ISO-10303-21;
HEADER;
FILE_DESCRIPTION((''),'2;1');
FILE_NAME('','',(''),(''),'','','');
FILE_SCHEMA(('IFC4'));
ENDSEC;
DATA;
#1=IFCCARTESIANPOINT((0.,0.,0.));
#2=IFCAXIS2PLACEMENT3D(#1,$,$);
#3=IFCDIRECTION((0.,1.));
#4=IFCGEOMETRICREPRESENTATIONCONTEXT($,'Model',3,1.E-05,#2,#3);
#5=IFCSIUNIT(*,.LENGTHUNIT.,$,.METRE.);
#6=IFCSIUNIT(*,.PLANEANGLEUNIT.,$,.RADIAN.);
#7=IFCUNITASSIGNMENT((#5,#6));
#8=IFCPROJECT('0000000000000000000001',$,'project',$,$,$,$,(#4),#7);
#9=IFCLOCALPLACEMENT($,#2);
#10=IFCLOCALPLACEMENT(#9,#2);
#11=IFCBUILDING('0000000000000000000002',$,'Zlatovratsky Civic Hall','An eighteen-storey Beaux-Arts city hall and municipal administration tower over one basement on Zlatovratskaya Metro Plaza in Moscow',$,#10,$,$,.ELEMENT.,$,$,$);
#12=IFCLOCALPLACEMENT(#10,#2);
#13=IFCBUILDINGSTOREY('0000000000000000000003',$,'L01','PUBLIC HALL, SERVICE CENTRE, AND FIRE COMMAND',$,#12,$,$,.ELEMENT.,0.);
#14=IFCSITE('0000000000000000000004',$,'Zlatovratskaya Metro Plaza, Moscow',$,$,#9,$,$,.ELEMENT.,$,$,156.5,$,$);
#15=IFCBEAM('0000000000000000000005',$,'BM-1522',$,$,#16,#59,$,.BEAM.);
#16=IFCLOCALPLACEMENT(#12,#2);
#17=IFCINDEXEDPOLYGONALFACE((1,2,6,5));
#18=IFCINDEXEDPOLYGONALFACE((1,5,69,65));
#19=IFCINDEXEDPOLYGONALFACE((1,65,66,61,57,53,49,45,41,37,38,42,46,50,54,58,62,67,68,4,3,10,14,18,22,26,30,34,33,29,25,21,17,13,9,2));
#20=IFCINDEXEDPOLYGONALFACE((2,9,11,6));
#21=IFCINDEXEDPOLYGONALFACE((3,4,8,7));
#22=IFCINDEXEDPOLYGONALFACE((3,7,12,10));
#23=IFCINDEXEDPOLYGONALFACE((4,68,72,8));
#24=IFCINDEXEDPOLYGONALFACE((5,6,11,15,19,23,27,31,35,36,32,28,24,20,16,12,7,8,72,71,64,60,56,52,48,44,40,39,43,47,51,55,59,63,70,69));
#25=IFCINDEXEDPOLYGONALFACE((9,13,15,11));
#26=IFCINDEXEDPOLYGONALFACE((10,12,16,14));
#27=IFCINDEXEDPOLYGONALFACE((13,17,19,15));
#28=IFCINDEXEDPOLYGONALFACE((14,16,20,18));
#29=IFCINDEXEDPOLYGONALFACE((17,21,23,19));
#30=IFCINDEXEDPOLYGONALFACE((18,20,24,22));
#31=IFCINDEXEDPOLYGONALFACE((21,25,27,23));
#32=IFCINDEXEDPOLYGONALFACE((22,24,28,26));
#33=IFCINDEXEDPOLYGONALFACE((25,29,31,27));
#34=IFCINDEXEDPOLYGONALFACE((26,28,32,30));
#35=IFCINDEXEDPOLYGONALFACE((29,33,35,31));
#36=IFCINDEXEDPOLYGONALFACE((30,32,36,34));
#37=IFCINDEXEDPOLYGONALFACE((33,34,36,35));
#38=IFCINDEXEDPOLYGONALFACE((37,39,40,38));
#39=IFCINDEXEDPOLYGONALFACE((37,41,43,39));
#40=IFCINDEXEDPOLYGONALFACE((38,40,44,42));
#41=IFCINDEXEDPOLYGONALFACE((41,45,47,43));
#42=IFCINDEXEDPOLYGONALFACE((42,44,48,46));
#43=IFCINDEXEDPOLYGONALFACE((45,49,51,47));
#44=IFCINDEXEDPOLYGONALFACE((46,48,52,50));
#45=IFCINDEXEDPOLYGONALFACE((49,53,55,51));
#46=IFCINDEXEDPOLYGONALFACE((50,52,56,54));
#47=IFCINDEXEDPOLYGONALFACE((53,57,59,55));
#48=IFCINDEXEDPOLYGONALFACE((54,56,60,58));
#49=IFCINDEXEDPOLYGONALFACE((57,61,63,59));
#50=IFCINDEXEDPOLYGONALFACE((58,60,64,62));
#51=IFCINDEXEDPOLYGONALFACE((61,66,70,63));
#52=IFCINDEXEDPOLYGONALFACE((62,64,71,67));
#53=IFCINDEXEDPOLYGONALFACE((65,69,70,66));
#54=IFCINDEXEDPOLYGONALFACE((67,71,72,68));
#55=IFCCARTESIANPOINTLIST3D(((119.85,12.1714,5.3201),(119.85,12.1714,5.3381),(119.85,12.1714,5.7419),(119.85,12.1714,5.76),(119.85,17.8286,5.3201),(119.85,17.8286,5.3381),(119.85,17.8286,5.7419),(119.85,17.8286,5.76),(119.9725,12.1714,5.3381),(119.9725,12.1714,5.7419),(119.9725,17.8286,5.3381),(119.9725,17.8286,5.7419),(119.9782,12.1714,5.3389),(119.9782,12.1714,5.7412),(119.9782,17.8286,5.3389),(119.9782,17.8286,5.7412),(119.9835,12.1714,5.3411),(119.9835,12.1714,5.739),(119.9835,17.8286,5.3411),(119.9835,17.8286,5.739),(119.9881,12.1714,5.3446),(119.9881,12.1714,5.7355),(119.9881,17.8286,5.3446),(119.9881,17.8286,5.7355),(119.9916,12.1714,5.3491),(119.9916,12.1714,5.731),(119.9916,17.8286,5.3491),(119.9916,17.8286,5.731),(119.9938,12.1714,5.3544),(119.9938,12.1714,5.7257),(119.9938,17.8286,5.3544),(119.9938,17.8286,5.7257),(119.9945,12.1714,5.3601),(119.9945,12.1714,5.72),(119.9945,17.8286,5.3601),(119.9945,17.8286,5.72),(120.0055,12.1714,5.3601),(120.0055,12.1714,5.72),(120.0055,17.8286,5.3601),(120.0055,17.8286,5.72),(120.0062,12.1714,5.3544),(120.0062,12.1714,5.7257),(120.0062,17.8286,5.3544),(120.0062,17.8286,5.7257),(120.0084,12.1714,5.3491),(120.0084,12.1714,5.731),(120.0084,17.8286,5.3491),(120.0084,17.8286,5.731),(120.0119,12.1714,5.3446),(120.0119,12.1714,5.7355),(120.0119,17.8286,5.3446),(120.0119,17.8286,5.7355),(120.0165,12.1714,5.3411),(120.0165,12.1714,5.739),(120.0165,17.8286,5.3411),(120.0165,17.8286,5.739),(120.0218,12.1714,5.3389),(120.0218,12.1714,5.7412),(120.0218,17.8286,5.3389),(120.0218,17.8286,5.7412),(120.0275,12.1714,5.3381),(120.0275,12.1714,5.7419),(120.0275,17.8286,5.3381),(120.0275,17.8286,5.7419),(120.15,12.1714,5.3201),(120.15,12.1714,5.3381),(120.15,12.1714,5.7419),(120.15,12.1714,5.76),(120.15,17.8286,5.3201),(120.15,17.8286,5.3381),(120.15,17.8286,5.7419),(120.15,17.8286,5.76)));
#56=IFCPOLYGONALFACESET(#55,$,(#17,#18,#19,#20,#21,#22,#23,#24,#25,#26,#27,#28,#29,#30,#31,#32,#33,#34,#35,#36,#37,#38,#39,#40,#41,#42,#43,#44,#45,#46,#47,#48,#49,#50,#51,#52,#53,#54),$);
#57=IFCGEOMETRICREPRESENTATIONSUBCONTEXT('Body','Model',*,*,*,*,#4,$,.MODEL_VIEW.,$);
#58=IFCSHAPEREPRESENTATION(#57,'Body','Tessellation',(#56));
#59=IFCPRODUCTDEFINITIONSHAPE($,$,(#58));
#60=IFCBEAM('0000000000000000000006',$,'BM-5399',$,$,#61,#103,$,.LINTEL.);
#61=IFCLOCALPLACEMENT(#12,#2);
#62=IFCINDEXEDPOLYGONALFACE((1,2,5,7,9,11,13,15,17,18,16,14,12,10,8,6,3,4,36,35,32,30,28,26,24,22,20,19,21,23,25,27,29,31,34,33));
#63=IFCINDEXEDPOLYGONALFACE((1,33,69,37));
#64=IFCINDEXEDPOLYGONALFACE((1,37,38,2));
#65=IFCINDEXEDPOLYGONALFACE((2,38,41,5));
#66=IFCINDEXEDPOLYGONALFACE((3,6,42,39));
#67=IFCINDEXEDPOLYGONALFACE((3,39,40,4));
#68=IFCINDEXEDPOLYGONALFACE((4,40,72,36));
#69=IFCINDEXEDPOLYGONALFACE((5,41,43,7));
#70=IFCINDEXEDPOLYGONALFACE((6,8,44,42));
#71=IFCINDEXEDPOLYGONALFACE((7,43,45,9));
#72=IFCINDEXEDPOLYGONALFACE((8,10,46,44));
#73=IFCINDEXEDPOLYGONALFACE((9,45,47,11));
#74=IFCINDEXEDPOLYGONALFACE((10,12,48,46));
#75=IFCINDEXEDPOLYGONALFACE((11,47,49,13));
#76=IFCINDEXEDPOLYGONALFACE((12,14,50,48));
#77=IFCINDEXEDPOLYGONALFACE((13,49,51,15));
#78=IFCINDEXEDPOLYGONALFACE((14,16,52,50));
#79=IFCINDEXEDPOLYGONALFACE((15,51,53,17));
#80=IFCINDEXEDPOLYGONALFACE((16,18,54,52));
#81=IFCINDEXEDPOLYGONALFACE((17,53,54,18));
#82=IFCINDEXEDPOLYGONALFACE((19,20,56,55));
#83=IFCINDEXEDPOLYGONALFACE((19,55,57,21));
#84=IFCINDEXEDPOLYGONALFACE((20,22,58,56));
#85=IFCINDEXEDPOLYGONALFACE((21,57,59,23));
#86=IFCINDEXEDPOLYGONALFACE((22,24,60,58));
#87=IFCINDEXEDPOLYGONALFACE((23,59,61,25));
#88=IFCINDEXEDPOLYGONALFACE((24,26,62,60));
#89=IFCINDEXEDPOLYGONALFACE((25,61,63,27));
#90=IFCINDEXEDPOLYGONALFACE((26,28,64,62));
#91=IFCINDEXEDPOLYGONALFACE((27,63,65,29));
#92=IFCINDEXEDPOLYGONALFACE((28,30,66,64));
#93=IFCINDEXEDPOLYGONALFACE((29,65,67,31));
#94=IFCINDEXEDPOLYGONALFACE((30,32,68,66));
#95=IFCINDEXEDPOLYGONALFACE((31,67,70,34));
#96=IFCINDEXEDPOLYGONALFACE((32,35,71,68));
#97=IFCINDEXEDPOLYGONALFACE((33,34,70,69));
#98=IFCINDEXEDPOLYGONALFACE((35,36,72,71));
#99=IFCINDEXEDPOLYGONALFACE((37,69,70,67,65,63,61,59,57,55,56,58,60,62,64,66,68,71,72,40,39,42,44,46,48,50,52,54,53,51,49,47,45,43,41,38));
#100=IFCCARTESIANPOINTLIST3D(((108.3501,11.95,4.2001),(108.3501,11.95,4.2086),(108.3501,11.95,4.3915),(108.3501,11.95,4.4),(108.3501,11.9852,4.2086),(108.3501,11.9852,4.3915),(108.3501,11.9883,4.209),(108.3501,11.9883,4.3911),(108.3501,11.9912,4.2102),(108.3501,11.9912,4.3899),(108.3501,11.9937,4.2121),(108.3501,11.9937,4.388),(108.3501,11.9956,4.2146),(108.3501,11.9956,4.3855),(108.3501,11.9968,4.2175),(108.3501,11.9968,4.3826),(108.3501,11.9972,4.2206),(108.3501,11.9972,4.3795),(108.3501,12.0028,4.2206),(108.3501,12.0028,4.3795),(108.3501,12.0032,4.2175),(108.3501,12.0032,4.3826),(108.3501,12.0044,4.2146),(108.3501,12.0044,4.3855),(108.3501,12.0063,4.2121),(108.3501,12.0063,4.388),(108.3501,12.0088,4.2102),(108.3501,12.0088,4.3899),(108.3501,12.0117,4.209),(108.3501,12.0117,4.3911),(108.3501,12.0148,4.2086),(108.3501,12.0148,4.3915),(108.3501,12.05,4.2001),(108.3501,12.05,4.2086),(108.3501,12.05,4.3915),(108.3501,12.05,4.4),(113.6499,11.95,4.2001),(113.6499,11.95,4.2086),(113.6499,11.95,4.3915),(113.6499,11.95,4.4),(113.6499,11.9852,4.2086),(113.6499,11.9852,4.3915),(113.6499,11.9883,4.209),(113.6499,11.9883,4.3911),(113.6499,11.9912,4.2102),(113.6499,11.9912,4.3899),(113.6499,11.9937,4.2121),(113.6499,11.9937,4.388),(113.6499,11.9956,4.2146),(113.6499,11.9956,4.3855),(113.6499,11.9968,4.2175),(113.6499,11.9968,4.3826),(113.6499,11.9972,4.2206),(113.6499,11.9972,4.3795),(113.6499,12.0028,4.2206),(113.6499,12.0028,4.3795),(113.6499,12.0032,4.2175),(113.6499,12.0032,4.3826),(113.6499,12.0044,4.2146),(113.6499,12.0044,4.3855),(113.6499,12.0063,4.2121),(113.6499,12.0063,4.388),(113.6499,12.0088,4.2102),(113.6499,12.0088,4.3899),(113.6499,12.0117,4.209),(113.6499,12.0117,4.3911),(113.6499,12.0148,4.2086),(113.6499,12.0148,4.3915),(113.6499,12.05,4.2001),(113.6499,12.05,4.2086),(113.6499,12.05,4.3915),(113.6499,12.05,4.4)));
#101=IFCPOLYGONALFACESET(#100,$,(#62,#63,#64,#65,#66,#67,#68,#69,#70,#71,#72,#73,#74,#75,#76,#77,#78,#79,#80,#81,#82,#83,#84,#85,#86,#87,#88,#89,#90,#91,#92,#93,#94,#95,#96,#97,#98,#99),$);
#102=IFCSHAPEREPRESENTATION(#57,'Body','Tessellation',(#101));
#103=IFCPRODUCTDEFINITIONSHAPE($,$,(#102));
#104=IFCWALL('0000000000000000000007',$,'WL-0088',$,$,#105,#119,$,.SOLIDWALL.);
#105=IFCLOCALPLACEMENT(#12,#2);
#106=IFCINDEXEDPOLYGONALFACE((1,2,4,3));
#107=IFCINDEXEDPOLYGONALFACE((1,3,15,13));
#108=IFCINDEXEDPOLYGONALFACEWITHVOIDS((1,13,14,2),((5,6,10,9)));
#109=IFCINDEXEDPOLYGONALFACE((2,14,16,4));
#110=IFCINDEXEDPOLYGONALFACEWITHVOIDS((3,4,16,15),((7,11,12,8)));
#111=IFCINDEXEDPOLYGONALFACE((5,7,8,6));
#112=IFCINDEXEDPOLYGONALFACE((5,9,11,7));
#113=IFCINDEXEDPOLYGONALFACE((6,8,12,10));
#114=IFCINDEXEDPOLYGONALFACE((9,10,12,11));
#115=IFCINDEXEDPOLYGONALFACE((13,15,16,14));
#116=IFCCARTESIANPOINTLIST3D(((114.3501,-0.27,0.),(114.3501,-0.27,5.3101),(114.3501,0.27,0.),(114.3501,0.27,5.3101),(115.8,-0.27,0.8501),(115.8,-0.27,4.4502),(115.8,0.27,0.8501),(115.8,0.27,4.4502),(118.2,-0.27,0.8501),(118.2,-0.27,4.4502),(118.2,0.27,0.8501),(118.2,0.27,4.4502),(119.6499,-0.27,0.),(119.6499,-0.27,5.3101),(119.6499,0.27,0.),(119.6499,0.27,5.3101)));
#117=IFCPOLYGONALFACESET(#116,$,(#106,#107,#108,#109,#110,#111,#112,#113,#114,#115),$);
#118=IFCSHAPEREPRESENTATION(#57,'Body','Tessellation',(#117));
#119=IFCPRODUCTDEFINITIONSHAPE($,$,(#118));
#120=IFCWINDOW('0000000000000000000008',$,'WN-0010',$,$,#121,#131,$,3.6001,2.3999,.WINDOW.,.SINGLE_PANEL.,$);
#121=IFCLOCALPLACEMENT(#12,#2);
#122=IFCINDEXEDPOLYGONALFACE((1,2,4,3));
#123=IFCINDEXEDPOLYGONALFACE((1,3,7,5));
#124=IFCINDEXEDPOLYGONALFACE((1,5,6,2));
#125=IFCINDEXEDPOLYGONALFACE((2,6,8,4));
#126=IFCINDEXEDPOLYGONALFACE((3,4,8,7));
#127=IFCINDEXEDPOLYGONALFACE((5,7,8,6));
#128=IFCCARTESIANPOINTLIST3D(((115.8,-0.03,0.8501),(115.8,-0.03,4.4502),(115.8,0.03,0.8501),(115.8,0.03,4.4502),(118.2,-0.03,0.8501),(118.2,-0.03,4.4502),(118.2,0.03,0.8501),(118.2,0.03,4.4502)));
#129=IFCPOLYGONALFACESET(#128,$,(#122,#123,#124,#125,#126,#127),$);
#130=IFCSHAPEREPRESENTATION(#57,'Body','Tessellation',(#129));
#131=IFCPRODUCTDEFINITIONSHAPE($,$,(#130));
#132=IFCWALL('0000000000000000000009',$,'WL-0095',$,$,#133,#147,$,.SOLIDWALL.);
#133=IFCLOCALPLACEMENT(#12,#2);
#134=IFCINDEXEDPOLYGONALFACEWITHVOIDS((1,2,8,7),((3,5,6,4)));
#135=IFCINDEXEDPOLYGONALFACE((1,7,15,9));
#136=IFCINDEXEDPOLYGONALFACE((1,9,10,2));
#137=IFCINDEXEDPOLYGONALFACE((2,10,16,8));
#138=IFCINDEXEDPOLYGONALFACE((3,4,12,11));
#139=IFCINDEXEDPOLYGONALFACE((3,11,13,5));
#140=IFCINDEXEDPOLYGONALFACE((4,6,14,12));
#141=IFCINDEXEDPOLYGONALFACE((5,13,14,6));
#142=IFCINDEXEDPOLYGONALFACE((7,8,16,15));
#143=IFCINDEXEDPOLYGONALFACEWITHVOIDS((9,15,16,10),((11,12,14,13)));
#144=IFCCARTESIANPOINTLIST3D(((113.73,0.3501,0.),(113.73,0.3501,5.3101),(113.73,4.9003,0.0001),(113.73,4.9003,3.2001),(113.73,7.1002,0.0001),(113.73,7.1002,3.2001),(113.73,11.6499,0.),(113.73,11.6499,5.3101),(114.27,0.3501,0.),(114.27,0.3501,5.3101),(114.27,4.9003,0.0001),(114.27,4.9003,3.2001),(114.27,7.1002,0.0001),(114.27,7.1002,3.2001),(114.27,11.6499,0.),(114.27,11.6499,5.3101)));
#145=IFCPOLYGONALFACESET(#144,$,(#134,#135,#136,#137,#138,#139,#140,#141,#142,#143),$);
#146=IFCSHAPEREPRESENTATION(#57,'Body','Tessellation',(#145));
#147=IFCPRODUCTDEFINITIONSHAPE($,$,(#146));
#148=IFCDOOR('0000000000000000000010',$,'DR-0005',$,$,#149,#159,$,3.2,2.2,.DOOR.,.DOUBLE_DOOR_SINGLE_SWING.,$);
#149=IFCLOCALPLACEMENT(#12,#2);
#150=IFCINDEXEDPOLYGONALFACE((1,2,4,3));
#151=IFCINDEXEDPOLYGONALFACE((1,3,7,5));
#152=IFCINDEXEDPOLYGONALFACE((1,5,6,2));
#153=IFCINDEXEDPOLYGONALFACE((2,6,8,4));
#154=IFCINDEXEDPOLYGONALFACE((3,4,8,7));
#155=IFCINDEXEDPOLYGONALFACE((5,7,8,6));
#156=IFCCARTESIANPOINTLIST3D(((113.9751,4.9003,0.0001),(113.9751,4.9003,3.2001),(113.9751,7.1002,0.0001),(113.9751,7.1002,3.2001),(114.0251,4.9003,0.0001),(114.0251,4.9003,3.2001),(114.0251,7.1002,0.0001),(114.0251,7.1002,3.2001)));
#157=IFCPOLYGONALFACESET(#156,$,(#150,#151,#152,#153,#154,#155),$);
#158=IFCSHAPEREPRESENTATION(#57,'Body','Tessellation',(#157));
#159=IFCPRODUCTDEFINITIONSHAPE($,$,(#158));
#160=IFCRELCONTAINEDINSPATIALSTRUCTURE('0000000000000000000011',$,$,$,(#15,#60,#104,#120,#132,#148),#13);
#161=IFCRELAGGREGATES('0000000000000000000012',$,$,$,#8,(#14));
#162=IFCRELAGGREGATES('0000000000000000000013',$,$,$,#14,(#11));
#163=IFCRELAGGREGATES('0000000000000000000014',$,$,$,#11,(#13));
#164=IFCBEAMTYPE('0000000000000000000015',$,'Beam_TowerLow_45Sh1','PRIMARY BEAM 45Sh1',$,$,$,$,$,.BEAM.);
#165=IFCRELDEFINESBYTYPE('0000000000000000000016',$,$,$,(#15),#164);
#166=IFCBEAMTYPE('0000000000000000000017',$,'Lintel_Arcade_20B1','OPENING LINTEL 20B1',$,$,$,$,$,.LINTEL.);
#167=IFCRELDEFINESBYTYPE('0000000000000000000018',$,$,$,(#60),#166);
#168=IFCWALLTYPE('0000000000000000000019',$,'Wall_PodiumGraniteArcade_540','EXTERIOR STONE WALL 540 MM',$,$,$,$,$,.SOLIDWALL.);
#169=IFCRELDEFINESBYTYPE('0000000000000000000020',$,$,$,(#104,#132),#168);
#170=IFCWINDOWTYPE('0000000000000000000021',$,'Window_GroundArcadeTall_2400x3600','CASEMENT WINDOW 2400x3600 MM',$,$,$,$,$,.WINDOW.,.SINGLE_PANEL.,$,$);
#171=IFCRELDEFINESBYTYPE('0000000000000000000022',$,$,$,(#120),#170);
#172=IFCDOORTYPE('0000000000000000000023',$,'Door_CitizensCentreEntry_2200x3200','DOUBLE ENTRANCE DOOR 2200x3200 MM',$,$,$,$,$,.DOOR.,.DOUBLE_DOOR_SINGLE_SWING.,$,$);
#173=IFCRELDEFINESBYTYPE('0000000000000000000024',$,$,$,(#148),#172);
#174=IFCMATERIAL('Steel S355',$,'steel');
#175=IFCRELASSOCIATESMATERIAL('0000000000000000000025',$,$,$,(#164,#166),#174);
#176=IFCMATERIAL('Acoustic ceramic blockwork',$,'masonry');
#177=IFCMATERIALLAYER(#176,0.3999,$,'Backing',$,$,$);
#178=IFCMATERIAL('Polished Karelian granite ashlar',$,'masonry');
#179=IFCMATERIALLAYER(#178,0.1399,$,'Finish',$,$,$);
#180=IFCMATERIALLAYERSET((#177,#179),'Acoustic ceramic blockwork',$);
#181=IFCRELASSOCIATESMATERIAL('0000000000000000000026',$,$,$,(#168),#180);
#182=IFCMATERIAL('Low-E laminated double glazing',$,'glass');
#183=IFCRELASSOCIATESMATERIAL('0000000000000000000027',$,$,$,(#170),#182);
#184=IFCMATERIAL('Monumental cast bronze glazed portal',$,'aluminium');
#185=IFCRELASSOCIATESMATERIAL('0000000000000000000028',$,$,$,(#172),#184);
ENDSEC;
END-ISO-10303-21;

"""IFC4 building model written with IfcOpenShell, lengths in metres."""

from ifc_helpers import new_model, si_unit, direction, frame, frame_2d, origin, origin_2d, place, context, subcontext, project, spatial, rectangle, i_section, extrude, material, layer, layer_set, material_profile, profile_set, type_object, element, fill, save


model = new_model("IFC4")

# Units and contexts
model_context = context("Model", 3, precision=1e-05, world=origin(), true_north=direction((0.0, 1.0)))
body_context = subcontext(model_context, "Body", "Model", "MODEL_VIEW")
ifc_project = project(units=[si_unit("LENGTHUNIT", "METRE"), si_unit("PLANEANGLEUNIT", "RADIAN")], contexts=[model_context])

# Site, building, storey
site_placement = place(None, origin())
site = spatial("IfcSite", under=ifc_project, at=site_placement, Name="Zlatovratskaya Metro Plaza, Moscow", CompositionType="ELEMENT", RefElevation=156.5)
building_placement = place(site_placement, origin())
building = spatial("IfcBuilding", under=site, at=building_placement, Name="Zlatovratsky Civic Hall", Description="An eighteen-storey Beaux-Arts city hall and municipal administration tower over one basement on Zlatovratskaya Metro Plaza in Moscow", CompositionType="ELEMENT")
storey_placement = place(building_placement, origin())
storey = spatial("IfcBuildingStorey", under=building, at=storey_placement, Name="L01", Description="PUBLIC HALL, SERVICE CENTRE, AND FIRE COMMAND", CompositionType="ELEMENT", Elevation=0.0)

# Shared definitions
ifc_material_1 = material(Name="Steel S355", Category="steel")

# Beams
ifc_material_profile_1 = material_profile(ifc_material_1, i_section(OverallWidth=0.3, OverallDepth=0.4399, WebThickness=0.011, FlangeThickness=0.0181, FilletRadius=0.022, at=origin_2d()), Name="45Sh1")
ifc_profile_set_1 = profile_set([ifc_material_profile_1], Name="Steel S355")
beam_type_1 = type_object("IfcBeamType", Name="Beam_TowerLow_45Sh1", Description="PRIMARY BEAM 45Sh1", PredefinedType="BEAM", material=ifc_profile_set_1)
beam_1_placement = place(storey_placement, frame((120.0, 12.1714, 5.54), z_axis=(0.0, 1.0, 0.0), x_axis=(-1.0, 0.0, 0.0)))
element("IfcBeam", 1, at=beam_1_placement, inside=storey, type_object=beam_type_1, Name="BM-1522", PredefinedType="BEAM", context=body_context, shape_type="SweptSolid", body=[
    extrude(i_section(OverallWidth=0.3, OverallDepth=0.4399, WebThickness=0.011, FlangeThickness=0.0181, FilletRadius=0.022, at=origin_2d()), origin(), (0.0, 0.0, 1.0), 5.6572),
])
ifc_material_profile_2 = material_profile(ifc_material_1, i_section(OverallWidth=0.1001, OverallDepth=0.2, WebThickness=0.0056, FlangeThickness=0.0085, FilletRadius=0.012, at=origin_2d()), Name="20B1")
ifc_profile_set_2 = profile_set([ifc_material_profile_2], Name="Steel S355")
beam_type_2 = type_object("IfcBeamType", Name="Lintel_Arcade_20B1", Description="OPENING LINTEL 20B1", PredefinedType="LINTEL", material=ifc_profile_set_2)
beam_2_placement = place(storey_placement, frame((108.3501, 12.0, 4.3), z_axis=(1.0, 0.0, 0.0), x_axis=(0.0, 1.0, 0.0)))
element("IfcBeam", 2, at=beam_2_placement, inside=storey, type_object=beam_type_2, Name="BM-5399", PredefinedType="LINTEL", context=body_context, shape_type="SweptSolid", body=[
    extrude(i_section(OverallWidth=0.1001, OverallDepth=0.2, WebThickness=0.0056, FlangeThickness=0.0085, FilletRadius=0.012, at=origin_2d()), origin(), (0.0, 0.0, 1.0), 5.2998),
])

# Wall, opening, window
ifc_material_2 = material(Name="Acoustic ceramic blockwork", Category="masonry")
ifc_layer_1 = layer(ifc_material_2, 0.3999, Name="Backing")
ifc_material_3 = material(Name="Polished Karelian granite ashlar", Category="masonry")
ifc_layer_2 = layer(ifc_material_3, 0.1399, Name="Finish")
ifc_layer_set = layer_set([ifc_layer_1, ifc_layer_2], Name="Acoustic ceramic blockwork")
wall_type = type_object("IfcWallType", Name="Wall_PodiumGraniteArcade_540", Description="EXTERIOR STONE WALL 540 MM", PredefinedType="SOLIDWALL", material=ifc_layer_set)
wall_1_placement = place(storey_placement, frame((114.3501, 0.0, 0.0), z_axis=(0.0, 0.0, 1.0), x_axis=(1.0, 0.0, 0.0)))
wall_1 = element("IfcWall", 3, at=wall_1_placement, inside=storey, type_object=wall_type, Name="WL-0088", PredefinedType="SOLIDWALL", context=body_context, shape_type="SweptSolid", body=[
    extrude(rectangle(XDim=5.2998, YDim=0.54, at=frame_2d((2.6499, 0.0))), origin(), (0.0, 0.0, 1.0), 5.3101),
])
opening_1_placement = place(wall_1_placement, frame((1.45, 0.0, 0.8501)))
opening_1 = element("IfcOpeningElement", 4, at=opening_1_placement, cuts=wall_1, PredefinedType="OPENING", context=body_context, shape_type="SweptSolid", body=[
    extrude(rectangle(XDim=2.3999, YDim=3.6001, at=frame_2d((1.2, 1.8))), frame((0.0, 0.2849, 0.0), z_axis=(0.0, -1.0, 0.0), x_axis=(1.0, 0.0, 0.0)), (0.0, 0.0, 1.0), 0.5698),
])
ifc_material_4 = material(Name="Low-E laminated double glazing", Category="glass")
window_type = type_object("IfcWindowType", Name="Window_GroundArcadeTall_2400x3600", Description="CASEMENT WINDOW 2400x3600 MM", PartitioningType="SINGLE_PANEL", PredefinedType="WINDOW", material=ifc_material_4)
window_placement = place(opening_1_placement, origin())
window = element("IfcWindow", 5, at=window_placement, inside=storey, type_object=window_type, Name="WN-0010", OverallHeight=3.6001, OverallWidth=2.3999, PartitioningType="SINGLE_PANEL", PredefinedType="WINDOW", context=body_context, shape_type="SweptSolid", body=[
    extrude(rectangle(XDim=2.3999, YDim=3.6001, at=frame_2d((1.2, 1.8))), frame((0.0, 0.03, 0.0), z_axis=(0.0, -1.0, 0.0), x_axis=(1.0, 0.0, 0.0)), (0.0, 0.0, 1.0), 0.0601),
])
fill(opening_1, window)

# Wall, opening, door
wall_2_placement = place(storey_placement, frame((114.0, 0.3501, 0.0), z_axis=(0.0, 0.0, 1.0), x_axis=(0.0, 1.0, 0.0)))
wall_2 = element("IfcWall", 6, at=wall_2_placement, inside=storey, type_object=wall_type, Name="WL-0095", PredefinedType="SOLIDWALL", context=body_context, shape_type="SweptSolid", body=[
    extrude(rectangle(XDim=11.2998, YDim=0.54, at=frame_2d((5.6499, 0.0))), origin(), (0.0, 0.0, 1.0), 5.3101),
])
opening_2_placement = place(wall_2_placement, frame((4.55, 0.0, 0.0)))
opening_2 = element("IfcOpeningElement", 7, at=opening_2_placement, cuts=wall_2, PredefinedType="OPENING", context=body_context, shape_type="SweptSolid", body=[
    extrude(rectangle(XDim=2.2, YDim=3.2, at=frame_2d((1.1001, 1.6001))), frame((0.0, 0.2849, 0.0), z_axis=(0.0, -1.0, 0.0), x_axis=(1.0, 0.0, 0.0)), (0.0, 0.0, 1.0), 0.5698),
])
ifc_material_5 = material(Name="Monumental cast bronze glazed portal", Category="aluminium")
door_type_1 = type_object("IfcDoorType", Name="Door_CitizensCentreEntry_2200x3200", Description="DOUBLE ENTRANCE DOOR 2200x3200 MM", OperationType="DOUBLE_DOOR_SINGLE_SWING", PredefinedType="DOOR", material=ifc_material_5)
door_1_placement = place(opening_2_placement, origin())
door_1 = element("IfcDoor", 8, at=door_1_placement, inside=storey, type_object=door_type_1, Name="DR-0005", OperationType="DOUBLE_DOOR_SINGLE_SWING", OverallHeight=3.2, OverallWidth=2.2, PredefinedType="DOOR", context=body_context, shape_type="SweptSolid", body=[
    extrude(rectangle(XDim=2.2, YDim=3.2, at=frame_2d((1.1001, 1.6001))), frame((0.0, 0.0249, 0.0), z_axis=(0.0, -1.0, 0.0), x_axis=(1.0, 0.0, 0.0)), (0.0, 0.0, 1.0), 0.05),
])
fill(opening_2, door_1)

save(model, "model.ifc")
